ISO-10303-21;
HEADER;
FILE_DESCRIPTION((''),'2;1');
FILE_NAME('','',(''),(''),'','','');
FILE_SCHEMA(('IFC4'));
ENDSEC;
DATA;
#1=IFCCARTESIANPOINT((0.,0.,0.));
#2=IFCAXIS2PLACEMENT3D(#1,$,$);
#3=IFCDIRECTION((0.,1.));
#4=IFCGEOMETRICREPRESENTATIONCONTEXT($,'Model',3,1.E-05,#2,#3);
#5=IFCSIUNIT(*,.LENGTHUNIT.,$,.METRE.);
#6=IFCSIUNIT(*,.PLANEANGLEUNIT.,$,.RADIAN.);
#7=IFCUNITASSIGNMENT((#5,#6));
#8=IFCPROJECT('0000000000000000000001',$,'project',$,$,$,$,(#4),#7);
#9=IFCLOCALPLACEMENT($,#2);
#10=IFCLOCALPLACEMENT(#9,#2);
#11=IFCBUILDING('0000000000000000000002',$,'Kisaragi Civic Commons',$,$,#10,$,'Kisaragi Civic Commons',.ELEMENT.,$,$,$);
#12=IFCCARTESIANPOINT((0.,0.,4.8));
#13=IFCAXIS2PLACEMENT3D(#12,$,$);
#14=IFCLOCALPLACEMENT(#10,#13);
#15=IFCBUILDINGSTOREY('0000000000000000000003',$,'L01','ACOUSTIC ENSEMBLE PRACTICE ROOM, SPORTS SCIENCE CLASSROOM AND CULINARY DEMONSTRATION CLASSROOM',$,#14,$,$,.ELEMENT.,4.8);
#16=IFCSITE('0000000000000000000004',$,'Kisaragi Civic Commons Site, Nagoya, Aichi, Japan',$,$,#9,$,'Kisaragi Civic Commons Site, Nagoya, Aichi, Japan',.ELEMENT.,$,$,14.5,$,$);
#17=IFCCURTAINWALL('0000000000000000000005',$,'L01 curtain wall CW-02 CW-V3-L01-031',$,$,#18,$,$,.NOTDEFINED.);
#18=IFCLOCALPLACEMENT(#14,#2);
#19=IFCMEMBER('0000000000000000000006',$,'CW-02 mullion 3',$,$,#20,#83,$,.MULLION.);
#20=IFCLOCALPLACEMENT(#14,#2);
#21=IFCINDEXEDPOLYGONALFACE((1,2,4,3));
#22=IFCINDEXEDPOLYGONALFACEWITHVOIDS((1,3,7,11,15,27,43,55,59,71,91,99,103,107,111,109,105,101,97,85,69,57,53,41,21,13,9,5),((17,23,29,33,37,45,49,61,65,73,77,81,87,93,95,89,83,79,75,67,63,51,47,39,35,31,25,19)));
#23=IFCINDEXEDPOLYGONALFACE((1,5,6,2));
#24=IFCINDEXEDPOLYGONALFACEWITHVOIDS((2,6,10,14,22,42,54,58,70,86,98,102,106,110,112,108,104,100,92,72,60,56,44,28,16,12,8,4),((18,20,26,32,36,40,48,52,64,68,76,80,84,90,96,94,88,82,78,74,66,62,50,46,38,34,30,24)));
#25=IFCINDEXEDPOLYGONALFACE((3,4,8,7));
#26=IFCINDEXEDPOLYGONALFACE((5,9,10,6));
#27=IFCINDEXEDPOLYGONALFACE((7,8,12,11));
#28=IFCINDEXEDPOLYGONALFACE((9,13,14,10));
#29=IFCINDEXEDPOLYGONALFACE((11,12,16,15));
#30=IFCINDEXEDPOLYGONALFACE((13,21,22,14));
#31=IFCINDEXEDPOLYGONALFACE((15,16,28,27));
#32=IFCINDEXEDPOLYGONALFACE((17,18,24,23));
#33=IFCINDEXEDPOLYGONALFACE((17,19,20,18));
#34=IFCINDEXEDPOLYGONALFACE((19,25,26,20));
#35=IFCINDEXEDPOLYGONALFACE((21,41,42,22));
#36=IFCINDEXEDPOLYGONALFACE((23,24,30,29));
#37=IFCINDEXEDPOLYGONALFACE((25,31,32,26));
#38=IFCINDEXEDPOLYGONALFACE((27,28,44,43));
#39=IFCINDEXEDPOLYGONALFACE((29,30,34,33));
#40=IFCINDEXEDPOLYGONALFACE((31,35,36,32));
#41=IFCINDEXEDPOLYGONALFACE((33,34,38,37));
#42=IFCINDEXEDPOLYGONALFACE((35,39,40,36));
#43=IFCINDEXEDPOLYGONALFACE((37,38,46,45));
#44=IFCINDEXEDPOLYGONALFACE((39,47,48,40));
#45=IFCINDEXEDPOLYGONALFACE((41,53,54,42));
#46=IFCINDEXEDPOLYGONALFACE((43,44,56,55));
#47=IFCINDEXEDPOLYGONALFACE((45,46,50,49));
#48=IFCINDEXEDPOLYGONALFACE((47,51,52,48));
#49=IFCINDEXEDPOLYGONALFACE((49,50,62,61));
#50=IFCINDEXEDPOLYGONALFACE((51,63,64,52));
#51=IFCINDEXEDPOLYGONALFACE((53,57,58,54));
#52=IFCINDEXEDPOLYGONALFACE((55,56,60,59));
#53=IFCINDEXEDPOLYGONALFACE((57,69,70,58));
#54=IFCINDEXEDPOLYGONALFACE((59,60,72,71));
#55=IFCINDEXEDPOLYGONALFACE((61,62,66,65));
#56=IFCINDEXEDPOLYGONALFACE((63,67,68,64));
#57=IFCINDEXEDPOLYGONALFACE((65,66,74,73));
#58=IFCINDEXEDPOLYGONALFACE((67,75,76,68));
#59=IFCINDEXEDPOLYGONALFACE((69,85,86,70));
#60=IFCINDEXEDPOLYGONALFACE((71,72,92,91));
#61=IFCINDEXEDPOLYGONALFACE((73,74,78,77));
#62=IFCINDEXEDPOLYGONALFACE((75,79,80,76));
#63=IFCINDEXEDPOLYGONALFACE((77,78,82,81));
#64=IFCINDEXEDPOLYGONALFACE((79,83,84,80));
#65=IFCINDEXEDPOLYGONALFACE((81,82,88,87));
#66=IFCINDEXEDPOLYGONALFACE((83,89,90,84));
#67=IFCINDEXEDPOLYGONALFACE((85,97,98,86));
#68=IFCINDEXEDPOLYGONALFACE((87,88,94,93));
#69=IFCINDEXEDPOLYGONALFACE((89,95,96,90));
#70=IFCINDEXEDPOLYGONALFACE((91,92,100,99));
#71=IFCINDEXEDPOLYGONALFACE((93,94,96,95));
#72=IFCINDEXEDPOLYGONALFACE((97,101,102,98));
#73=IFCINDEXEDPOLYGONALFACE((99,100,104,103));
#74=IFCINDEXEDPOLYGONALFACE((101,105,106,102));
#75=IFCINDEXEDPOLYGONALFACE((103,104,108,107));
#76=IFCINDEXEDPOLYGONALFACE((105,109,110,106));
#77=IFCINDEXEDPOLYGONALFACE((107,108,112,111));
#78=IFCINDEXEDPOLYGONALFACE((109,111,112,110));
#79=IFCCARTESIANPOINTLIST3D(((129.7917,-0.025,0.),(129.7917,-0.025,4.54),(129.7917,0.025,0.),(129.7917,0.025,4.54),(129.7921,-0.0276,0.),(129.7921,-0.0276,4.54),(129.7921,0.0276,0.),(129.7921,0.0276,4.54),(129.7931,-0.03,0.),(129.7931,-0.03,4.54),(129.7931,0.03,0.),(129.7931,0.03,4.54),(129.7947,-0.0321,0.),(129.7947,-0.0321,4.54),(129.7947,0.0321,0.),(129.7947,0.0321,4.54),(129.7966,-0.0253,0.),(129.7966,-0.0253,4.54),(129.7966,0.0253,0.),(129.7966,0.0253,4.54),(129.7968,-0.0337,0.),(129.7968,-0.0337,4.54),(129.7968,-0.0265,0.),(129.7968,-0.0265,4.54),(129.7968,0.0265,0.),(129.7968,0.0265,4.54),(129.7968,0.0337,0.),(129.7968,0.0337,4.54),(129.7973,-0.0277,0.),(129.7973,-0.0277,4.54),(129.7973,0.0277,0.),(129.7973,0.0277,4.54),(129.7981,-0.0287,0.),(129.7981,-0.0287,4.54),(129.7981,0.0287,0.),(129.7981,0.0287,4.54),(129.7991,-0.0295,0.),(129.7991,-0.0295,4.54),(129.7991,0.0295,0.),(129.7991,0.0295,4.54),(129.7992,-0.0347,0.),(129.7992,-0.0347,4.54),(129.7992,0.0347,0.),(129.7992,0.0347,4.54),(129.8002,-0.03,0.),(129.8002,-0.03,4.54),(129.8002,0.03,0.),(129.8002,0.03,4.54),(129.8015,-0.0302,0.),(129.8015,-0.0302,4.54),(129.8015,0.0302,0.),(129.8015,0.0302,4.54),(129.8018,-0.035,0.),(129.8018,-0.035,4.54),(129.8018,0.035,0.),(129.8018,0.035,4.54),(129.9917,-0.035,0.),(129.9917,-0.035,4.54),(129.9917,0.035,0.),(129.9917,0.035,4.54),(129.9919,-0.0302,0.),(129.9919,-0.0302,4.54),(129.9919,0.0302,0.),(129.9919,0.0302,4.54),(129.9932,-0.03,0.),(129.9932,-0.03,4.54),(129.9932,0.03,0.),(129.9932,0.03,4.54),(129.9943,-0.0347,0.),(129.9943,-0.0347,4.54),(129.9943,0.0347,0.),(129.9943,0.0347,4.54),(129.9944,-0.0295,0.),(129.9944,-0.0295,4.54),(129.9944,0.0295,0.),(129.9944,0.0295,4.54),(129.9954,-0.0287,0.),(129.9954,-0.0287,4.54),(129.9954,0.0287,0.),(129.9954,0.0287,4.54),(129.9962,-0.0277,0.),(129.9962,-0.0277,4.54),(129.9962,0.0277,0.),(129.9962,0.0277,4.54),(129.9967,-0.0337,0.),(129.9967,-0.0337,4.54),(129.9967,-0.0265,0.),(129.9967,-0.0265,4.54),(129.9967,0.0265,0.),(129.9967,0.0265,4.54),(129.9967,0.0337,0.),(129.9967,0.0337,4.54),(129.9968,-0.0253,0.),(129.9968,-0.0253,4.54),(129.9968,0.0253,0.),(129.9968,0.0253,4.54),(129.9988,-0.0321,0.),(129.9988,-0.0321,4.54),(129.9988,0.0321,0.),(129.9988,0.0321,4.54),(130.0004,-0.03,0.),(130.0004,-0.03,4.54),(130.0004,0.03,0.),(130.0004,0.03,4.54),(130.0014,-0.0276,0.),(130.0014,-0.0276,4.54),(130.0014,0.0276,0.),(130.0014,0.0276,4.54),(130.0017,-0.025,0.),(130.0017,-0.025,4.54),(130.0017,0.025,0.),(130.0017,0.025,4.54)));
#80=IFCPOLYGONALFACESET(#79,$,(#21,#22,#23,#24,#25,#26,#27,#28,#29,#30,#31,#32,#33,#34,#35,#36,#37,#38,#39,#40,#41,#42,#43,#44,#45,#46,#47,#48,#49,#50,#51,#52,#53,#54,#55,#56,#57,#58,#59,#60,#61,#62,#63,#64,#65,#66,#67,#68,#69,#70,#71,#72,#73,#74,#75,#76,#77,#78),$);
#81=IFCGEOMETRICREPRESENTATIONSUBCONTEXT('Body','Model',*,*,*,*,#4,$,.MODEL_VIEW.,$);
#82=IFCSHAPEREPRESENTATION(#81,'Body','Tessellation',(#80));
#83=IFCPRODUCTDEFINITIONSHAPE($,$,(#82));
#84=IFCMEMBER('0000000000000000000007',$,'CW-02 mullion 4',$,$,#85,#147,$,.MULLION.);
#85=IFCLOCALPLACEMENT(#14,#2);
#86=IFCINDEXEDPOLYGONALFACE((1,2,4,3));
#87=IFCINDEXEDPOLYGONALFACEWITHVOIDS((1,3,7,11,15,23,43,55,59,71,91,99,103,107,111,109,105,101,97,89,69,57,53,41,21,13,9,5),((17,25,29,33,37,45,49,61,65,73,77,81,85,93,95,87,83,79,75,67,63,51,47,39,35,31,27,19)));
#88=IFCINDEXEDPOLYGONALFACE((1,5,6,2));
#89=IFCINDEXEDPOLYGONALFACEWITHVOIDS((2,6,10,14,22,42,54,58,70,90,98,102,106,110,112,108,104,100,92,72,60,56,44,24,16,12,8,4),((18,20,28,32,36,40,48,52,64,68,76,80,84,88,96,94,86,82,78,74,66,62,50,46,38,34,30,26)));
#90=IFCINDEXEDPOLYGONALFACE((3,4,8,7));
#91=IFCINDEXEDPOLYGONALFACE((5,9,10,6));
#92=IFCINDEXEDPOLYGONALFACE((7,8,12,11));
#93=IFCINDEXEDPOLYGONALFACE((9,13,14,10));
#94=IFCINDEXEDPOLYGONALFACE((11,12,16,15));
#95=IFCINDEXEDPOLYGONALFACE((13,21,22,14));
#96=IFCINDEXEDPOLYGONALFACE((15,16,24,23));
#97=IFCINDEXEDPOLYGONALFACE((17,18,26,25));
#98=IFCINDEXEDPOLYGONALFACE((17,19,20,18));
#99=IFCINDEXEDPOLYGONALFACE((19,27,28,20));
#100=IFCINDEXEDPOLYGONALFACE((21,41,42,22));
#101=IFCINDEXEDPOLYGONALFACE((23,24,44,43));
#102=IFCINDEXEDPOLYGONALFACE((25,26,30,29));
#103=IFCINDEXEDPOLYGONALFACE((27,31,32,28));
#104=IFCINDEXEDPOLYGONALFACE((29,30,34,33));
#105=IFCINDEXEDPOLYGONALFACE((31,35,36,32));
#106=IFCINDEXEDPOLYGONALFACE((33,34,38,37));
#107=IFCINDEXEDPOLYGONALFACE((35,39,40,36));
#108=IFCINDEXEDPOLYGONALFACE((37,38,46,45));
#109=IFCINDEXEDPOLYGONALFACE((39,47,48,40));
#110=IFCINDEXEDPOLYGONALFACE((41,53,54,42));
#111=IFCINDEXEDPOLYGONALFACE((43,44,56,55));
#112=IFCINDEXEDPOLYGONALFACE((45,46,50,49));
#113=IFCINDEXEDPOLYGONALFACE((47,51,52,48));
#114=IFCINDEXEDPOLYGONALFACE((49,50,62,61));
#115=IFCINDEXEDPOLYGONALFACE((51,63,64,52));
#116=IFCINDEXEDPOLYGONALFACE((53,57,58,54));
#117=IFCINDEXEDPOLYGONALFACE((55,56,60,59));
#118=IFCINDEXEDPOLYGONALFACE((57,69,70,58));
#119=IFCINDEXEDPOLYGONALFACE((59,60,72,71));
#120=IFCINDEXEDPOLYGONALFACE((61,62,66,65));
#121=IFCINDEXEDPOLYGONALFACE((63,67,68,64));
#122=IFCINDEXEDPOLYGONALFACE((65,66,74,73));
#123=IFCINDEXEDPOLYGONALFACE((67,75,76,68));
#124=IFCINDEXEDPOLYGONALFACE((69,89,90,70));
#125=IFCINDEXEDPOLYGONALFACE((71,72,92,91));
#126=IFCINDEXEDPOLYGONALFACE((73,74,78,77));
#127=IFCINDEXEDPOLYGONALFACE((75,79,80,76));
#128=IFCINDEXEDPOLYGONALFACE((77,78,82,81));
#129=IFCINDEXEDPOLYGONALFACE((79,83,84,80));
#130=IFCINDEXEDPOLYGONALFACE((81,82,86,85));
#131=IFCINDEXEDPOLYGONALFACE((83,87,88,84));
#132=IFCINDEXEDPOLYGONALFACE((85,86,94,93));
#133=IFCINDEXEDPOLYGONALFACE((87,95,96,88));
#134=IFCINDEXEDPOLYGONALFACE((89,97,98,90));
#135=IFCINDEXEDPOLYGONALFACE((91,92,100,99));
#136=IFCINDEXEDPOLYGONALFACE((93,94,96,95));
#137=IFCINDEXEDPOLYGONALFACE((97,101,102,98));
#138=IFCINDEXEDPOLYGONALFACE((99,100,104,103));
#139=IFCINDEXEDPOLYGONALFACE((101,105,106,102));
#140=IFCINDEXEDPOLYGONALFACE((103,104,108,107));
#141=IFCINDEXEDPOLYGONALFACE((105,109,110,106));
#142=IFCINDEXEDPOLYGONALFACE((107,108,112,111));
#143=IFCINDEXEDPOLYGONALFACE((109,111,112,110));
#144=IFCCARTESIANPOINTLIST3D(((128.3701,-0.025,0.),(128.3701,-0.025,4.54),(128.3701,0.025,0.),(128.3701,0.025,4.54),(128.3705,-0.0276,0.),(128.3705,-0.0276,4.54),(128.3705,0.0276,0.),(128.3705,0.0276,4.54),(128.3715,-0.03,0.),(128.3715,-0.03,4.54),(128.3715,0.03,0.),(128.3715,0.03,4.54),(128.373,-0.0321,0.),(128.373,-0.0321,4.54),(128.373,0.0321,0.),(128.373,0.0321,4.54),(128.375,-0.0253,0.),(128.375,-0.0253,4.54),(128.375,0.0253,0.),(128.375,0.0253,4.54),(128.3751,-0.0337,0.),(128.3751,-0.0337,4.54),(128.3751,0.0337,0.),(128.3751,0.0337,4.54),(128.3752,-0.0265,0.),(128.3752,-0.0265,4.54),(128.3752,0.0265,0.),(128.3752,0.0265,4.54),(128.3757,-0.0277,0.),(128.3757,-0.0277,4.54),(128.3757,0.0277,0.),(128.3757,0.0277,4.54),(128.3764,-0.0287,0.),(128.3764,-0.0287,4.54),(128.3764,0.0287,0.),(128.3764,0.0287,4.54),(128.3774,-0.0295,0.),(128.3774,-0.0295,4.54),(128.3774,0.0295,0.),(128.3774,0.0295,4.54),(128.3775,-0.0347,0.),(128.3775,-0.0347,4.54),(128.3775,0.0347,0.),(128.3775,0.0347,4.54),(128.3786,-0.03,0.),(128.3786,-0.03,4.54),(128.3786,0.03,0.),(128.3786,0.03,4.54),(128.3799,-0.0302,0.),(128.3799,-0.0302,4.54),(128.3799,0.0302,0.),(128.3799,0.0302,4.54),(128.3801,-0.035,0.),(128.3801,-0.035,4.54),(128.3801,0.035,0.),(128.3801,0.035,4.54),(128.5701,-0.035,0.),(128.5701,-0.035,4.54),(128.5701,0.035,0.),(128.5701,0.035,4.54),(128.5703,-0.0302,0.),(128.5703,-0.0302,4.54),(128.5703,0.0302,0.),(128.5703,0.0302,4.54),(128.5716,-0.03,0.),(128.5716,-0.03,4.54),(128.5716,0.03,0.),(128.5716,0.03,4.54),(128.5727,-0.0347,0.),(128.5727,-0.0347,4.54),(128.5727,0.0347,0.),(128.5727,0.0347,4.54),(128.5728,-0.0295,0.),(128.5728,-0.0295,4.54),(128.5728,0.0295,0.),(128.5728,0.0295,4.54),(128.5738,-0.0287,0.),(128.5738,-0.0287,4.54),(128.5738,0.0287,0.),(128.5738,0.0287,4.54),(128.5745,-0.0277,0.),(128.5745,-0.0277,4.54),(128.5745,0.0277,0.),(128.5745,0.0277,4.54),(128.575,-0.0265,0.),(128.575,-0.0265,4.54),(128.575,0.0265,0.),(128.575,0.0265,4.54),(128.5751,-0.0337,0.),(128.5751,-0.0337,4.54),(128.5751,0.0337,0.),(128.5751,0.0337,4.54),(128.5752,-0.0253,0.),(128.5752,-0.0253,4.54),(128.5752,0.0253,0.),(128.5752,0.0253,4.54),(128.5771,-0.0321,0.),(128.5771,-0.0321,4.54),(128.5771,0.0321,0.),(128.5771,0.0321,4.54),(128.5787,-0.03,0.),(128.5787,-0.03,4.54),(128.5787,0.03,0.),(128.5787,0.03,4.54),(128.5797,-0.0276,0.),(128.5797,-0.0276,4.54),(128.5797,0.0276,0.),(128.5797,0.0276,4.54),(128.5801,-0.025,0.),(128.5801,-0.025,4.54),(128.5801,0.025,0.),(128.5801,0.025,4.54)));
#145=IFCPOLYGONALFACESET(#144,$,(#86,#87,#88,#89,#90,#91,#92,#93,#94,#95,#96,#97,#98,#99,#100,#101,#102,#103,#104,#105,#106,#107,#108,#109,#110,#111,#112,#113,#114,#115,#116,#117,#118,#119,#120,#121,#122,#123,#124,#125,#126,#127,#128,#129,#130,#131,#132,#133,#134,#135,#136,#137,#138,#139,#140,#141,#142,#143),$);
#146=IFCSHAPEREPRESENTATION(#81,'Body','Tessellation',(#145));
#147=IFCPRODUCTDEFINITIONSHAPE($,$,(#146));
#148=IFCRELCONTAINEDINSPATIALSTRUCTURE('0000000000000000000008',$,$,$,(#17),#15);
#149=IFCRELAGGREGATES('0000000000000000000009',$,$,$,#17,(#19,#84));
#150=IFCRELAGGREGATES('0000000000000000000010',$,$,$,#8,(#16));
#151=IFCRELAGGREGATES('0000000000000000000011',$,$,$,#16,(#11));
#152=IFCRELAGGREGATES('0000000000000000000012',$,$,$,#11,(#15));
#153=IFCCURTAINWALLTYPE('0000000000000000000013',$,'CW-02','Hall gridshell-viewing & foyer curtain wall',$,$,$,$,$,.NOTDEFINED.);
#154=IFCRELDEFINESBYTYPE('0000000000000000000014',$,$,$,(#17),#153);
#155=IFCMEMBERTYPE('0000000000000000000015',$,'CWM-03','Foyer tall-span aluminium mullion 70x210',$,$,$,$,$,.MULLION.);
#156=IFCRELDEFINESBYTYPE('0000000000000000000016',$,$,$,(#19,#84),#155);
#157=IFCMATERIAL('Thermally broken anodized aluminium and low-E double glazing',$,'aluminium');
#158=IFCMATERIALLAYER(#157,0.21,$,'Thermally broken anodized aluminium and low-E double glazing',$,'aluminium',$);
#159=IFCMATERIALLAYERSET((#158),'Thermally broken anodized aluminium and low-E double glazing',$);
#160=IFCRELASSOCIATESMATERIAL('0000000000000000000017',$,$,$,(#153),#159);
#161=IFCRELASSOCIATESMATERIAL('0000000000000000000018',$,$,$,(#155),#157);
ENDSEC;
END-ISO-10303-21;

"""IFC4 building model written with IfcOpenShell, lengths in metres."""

from ifc_helpers import new_model, si_unit, direction, frame, origin, origin_2d, place, context, subcontext, project, spatial, hollow_rectangle, extrude, material, layer, layer_set, material_profile, profile_set, type_object, element, aggregate, save


model = new_model("IFC4")

# Units and contexts
model_context = context("Model", 3, precision=1e-05, world=origin(), true_north=direction((0.0, 1.0)))
body_context = subcontext(model_context, "Body", "Model", "MODEL_VIEW")
ifc_project = project(units=[si_unit("LENGTHUNIT", "METRE"), si_unit("PLANEANGLEUNIT", "RADIAN")], contexts=[model_context])

# Site, building, storey
site_placement = place(None, origin())
site = spatial("IfcSite", under=ifc_project, at=site_placement, Name="Kisaragi Civic Commons Site, Nagoya, Aichi, Japan", LongName="Kisaragi Civic Commons Site, Nagoya, Aichi, Japan", CompositionType="ELEMENT", RefElevation=14.5)
building_placement = place(site_placement, origin())
building = spatial("IfcBuilding", under=site, at=building_placement, Name="Kisaragi Civic Commons", LongName="Kisaragi Civic Commons", CompositionType="ELEMENT")
storey_placement = place(building_placement, frame((0.0, 0.0, 4.8)))
storey = spatial("IfcBuildingStorey", under=building, at=storey_placement, Name="L01", Description="ACOUSTIC ENSEMBLE PRACTICE ROOM, SPORTS SCIENCE CLASSROOM AND CULINARY DEMONSTRATION CLASSROOM", CompositionType="ELEMENT", Elevation=4.8)

# Curtain wall, members
ifc_material_1 = material(Name="Thermally broken anodized aluminium and low-E double glazing", Category="aluminium")
ifc_layer_1 = layer(ifc_material_1, 0.21, Name="Thermally broken anodized aluminium and low-E double glazing", Category="aluminium")
ifc_layer_set_1 = layer_set([ifc_layer_1], Name="Thermally broken anodized aluminium and low-E double glazing")
curtain_wall_type = type_object("IfcCurtainWallType", Name="CW-02", Description="Hall gridshell-viewing & foyer curtain wall", PredefinedType="NOTDEFINED", material=ifc_layer_set_1)
curtain_wall_1_placement = place(storey_placement, origin())
curtain_wall_1 = element("IfcCurtainWall", 1, at=curtain_wall_1_placement, inside=storey, type_object=curtain_wall_type, Name="L01 curtain wall CW-02 CW-V3-L01-031", PredefinedType="NOTDEFINED")
ifc_material_profile_1 = material_profile(ifc_material_1, hollow_rectangle(XDim=0.0701, YDim=0.21, WallThickness=0.0049, InnerFilletRadius=0.0049, OuterFilletRadius=0.01, at=origin_2d()), Name="CWM-70x210x5", Category="aluminium")
ifc_profile_set_1 = profile_set([ifc_material_profile_1], Name="Thermally broken anodized aluminium and low-E double glazing")
member_type_1 = type_object("IfcMemberType", Name="CWM-03", Description="Foyer tall-span aluminium mullion 70x210", PredefinedType="MULLION", material=ifc_profile_set_1)
member_1_placement = place(storey_placement, frame((129.8967, 0.0, 0.0), z_axis=(0.0, 0.0, 1.0), x_axis=(0.0, -1.0, 0.0)))
member_1 = element("IfcMember", 2, at=member_1_placement, type_object=member_type_1, Name="CW-02 mullion 3", PredefinedType="MULLION", context=body_context, shape_type="SweptSolid", body=[
    extrude(hollow_rectangle(XDim=0.0701, YDim=0.21, WallThickness=0.0049, InnerFilletRadius=0.0049, OuterFilletRadius=0.01, at=origin_2d()), origin(), (0.0, 0.0, 1.0), 4.54),
])
member_2_placement = place(storey_placement, frame((128.4751, 0.0, 0.0), z_axis=(0.0, 0.0, 1.0), x_axis=(0.0, -1.0, 0.0)))
member_2 = element("IfcMember", 3, at=member_2_placement, type_object=member_type_1, Name="CW-02 mullion 4", PredefinedType="MULLION", context=body_context, shape_type="SweptSolid", body=[
    extrude(hollow_rectangle(XDim=0.0701, YDim=0.21, WallThickness=0.0049, InnerFilletRadius=0.0049, OuterFilletRadius=0.01, at=origin_2d()), origin(), (0.0, 0.0, 1.0), 4.54),
])

aggregate(curtain_wall_1, [member_1, member_2])

save(model, "model.ifc")
